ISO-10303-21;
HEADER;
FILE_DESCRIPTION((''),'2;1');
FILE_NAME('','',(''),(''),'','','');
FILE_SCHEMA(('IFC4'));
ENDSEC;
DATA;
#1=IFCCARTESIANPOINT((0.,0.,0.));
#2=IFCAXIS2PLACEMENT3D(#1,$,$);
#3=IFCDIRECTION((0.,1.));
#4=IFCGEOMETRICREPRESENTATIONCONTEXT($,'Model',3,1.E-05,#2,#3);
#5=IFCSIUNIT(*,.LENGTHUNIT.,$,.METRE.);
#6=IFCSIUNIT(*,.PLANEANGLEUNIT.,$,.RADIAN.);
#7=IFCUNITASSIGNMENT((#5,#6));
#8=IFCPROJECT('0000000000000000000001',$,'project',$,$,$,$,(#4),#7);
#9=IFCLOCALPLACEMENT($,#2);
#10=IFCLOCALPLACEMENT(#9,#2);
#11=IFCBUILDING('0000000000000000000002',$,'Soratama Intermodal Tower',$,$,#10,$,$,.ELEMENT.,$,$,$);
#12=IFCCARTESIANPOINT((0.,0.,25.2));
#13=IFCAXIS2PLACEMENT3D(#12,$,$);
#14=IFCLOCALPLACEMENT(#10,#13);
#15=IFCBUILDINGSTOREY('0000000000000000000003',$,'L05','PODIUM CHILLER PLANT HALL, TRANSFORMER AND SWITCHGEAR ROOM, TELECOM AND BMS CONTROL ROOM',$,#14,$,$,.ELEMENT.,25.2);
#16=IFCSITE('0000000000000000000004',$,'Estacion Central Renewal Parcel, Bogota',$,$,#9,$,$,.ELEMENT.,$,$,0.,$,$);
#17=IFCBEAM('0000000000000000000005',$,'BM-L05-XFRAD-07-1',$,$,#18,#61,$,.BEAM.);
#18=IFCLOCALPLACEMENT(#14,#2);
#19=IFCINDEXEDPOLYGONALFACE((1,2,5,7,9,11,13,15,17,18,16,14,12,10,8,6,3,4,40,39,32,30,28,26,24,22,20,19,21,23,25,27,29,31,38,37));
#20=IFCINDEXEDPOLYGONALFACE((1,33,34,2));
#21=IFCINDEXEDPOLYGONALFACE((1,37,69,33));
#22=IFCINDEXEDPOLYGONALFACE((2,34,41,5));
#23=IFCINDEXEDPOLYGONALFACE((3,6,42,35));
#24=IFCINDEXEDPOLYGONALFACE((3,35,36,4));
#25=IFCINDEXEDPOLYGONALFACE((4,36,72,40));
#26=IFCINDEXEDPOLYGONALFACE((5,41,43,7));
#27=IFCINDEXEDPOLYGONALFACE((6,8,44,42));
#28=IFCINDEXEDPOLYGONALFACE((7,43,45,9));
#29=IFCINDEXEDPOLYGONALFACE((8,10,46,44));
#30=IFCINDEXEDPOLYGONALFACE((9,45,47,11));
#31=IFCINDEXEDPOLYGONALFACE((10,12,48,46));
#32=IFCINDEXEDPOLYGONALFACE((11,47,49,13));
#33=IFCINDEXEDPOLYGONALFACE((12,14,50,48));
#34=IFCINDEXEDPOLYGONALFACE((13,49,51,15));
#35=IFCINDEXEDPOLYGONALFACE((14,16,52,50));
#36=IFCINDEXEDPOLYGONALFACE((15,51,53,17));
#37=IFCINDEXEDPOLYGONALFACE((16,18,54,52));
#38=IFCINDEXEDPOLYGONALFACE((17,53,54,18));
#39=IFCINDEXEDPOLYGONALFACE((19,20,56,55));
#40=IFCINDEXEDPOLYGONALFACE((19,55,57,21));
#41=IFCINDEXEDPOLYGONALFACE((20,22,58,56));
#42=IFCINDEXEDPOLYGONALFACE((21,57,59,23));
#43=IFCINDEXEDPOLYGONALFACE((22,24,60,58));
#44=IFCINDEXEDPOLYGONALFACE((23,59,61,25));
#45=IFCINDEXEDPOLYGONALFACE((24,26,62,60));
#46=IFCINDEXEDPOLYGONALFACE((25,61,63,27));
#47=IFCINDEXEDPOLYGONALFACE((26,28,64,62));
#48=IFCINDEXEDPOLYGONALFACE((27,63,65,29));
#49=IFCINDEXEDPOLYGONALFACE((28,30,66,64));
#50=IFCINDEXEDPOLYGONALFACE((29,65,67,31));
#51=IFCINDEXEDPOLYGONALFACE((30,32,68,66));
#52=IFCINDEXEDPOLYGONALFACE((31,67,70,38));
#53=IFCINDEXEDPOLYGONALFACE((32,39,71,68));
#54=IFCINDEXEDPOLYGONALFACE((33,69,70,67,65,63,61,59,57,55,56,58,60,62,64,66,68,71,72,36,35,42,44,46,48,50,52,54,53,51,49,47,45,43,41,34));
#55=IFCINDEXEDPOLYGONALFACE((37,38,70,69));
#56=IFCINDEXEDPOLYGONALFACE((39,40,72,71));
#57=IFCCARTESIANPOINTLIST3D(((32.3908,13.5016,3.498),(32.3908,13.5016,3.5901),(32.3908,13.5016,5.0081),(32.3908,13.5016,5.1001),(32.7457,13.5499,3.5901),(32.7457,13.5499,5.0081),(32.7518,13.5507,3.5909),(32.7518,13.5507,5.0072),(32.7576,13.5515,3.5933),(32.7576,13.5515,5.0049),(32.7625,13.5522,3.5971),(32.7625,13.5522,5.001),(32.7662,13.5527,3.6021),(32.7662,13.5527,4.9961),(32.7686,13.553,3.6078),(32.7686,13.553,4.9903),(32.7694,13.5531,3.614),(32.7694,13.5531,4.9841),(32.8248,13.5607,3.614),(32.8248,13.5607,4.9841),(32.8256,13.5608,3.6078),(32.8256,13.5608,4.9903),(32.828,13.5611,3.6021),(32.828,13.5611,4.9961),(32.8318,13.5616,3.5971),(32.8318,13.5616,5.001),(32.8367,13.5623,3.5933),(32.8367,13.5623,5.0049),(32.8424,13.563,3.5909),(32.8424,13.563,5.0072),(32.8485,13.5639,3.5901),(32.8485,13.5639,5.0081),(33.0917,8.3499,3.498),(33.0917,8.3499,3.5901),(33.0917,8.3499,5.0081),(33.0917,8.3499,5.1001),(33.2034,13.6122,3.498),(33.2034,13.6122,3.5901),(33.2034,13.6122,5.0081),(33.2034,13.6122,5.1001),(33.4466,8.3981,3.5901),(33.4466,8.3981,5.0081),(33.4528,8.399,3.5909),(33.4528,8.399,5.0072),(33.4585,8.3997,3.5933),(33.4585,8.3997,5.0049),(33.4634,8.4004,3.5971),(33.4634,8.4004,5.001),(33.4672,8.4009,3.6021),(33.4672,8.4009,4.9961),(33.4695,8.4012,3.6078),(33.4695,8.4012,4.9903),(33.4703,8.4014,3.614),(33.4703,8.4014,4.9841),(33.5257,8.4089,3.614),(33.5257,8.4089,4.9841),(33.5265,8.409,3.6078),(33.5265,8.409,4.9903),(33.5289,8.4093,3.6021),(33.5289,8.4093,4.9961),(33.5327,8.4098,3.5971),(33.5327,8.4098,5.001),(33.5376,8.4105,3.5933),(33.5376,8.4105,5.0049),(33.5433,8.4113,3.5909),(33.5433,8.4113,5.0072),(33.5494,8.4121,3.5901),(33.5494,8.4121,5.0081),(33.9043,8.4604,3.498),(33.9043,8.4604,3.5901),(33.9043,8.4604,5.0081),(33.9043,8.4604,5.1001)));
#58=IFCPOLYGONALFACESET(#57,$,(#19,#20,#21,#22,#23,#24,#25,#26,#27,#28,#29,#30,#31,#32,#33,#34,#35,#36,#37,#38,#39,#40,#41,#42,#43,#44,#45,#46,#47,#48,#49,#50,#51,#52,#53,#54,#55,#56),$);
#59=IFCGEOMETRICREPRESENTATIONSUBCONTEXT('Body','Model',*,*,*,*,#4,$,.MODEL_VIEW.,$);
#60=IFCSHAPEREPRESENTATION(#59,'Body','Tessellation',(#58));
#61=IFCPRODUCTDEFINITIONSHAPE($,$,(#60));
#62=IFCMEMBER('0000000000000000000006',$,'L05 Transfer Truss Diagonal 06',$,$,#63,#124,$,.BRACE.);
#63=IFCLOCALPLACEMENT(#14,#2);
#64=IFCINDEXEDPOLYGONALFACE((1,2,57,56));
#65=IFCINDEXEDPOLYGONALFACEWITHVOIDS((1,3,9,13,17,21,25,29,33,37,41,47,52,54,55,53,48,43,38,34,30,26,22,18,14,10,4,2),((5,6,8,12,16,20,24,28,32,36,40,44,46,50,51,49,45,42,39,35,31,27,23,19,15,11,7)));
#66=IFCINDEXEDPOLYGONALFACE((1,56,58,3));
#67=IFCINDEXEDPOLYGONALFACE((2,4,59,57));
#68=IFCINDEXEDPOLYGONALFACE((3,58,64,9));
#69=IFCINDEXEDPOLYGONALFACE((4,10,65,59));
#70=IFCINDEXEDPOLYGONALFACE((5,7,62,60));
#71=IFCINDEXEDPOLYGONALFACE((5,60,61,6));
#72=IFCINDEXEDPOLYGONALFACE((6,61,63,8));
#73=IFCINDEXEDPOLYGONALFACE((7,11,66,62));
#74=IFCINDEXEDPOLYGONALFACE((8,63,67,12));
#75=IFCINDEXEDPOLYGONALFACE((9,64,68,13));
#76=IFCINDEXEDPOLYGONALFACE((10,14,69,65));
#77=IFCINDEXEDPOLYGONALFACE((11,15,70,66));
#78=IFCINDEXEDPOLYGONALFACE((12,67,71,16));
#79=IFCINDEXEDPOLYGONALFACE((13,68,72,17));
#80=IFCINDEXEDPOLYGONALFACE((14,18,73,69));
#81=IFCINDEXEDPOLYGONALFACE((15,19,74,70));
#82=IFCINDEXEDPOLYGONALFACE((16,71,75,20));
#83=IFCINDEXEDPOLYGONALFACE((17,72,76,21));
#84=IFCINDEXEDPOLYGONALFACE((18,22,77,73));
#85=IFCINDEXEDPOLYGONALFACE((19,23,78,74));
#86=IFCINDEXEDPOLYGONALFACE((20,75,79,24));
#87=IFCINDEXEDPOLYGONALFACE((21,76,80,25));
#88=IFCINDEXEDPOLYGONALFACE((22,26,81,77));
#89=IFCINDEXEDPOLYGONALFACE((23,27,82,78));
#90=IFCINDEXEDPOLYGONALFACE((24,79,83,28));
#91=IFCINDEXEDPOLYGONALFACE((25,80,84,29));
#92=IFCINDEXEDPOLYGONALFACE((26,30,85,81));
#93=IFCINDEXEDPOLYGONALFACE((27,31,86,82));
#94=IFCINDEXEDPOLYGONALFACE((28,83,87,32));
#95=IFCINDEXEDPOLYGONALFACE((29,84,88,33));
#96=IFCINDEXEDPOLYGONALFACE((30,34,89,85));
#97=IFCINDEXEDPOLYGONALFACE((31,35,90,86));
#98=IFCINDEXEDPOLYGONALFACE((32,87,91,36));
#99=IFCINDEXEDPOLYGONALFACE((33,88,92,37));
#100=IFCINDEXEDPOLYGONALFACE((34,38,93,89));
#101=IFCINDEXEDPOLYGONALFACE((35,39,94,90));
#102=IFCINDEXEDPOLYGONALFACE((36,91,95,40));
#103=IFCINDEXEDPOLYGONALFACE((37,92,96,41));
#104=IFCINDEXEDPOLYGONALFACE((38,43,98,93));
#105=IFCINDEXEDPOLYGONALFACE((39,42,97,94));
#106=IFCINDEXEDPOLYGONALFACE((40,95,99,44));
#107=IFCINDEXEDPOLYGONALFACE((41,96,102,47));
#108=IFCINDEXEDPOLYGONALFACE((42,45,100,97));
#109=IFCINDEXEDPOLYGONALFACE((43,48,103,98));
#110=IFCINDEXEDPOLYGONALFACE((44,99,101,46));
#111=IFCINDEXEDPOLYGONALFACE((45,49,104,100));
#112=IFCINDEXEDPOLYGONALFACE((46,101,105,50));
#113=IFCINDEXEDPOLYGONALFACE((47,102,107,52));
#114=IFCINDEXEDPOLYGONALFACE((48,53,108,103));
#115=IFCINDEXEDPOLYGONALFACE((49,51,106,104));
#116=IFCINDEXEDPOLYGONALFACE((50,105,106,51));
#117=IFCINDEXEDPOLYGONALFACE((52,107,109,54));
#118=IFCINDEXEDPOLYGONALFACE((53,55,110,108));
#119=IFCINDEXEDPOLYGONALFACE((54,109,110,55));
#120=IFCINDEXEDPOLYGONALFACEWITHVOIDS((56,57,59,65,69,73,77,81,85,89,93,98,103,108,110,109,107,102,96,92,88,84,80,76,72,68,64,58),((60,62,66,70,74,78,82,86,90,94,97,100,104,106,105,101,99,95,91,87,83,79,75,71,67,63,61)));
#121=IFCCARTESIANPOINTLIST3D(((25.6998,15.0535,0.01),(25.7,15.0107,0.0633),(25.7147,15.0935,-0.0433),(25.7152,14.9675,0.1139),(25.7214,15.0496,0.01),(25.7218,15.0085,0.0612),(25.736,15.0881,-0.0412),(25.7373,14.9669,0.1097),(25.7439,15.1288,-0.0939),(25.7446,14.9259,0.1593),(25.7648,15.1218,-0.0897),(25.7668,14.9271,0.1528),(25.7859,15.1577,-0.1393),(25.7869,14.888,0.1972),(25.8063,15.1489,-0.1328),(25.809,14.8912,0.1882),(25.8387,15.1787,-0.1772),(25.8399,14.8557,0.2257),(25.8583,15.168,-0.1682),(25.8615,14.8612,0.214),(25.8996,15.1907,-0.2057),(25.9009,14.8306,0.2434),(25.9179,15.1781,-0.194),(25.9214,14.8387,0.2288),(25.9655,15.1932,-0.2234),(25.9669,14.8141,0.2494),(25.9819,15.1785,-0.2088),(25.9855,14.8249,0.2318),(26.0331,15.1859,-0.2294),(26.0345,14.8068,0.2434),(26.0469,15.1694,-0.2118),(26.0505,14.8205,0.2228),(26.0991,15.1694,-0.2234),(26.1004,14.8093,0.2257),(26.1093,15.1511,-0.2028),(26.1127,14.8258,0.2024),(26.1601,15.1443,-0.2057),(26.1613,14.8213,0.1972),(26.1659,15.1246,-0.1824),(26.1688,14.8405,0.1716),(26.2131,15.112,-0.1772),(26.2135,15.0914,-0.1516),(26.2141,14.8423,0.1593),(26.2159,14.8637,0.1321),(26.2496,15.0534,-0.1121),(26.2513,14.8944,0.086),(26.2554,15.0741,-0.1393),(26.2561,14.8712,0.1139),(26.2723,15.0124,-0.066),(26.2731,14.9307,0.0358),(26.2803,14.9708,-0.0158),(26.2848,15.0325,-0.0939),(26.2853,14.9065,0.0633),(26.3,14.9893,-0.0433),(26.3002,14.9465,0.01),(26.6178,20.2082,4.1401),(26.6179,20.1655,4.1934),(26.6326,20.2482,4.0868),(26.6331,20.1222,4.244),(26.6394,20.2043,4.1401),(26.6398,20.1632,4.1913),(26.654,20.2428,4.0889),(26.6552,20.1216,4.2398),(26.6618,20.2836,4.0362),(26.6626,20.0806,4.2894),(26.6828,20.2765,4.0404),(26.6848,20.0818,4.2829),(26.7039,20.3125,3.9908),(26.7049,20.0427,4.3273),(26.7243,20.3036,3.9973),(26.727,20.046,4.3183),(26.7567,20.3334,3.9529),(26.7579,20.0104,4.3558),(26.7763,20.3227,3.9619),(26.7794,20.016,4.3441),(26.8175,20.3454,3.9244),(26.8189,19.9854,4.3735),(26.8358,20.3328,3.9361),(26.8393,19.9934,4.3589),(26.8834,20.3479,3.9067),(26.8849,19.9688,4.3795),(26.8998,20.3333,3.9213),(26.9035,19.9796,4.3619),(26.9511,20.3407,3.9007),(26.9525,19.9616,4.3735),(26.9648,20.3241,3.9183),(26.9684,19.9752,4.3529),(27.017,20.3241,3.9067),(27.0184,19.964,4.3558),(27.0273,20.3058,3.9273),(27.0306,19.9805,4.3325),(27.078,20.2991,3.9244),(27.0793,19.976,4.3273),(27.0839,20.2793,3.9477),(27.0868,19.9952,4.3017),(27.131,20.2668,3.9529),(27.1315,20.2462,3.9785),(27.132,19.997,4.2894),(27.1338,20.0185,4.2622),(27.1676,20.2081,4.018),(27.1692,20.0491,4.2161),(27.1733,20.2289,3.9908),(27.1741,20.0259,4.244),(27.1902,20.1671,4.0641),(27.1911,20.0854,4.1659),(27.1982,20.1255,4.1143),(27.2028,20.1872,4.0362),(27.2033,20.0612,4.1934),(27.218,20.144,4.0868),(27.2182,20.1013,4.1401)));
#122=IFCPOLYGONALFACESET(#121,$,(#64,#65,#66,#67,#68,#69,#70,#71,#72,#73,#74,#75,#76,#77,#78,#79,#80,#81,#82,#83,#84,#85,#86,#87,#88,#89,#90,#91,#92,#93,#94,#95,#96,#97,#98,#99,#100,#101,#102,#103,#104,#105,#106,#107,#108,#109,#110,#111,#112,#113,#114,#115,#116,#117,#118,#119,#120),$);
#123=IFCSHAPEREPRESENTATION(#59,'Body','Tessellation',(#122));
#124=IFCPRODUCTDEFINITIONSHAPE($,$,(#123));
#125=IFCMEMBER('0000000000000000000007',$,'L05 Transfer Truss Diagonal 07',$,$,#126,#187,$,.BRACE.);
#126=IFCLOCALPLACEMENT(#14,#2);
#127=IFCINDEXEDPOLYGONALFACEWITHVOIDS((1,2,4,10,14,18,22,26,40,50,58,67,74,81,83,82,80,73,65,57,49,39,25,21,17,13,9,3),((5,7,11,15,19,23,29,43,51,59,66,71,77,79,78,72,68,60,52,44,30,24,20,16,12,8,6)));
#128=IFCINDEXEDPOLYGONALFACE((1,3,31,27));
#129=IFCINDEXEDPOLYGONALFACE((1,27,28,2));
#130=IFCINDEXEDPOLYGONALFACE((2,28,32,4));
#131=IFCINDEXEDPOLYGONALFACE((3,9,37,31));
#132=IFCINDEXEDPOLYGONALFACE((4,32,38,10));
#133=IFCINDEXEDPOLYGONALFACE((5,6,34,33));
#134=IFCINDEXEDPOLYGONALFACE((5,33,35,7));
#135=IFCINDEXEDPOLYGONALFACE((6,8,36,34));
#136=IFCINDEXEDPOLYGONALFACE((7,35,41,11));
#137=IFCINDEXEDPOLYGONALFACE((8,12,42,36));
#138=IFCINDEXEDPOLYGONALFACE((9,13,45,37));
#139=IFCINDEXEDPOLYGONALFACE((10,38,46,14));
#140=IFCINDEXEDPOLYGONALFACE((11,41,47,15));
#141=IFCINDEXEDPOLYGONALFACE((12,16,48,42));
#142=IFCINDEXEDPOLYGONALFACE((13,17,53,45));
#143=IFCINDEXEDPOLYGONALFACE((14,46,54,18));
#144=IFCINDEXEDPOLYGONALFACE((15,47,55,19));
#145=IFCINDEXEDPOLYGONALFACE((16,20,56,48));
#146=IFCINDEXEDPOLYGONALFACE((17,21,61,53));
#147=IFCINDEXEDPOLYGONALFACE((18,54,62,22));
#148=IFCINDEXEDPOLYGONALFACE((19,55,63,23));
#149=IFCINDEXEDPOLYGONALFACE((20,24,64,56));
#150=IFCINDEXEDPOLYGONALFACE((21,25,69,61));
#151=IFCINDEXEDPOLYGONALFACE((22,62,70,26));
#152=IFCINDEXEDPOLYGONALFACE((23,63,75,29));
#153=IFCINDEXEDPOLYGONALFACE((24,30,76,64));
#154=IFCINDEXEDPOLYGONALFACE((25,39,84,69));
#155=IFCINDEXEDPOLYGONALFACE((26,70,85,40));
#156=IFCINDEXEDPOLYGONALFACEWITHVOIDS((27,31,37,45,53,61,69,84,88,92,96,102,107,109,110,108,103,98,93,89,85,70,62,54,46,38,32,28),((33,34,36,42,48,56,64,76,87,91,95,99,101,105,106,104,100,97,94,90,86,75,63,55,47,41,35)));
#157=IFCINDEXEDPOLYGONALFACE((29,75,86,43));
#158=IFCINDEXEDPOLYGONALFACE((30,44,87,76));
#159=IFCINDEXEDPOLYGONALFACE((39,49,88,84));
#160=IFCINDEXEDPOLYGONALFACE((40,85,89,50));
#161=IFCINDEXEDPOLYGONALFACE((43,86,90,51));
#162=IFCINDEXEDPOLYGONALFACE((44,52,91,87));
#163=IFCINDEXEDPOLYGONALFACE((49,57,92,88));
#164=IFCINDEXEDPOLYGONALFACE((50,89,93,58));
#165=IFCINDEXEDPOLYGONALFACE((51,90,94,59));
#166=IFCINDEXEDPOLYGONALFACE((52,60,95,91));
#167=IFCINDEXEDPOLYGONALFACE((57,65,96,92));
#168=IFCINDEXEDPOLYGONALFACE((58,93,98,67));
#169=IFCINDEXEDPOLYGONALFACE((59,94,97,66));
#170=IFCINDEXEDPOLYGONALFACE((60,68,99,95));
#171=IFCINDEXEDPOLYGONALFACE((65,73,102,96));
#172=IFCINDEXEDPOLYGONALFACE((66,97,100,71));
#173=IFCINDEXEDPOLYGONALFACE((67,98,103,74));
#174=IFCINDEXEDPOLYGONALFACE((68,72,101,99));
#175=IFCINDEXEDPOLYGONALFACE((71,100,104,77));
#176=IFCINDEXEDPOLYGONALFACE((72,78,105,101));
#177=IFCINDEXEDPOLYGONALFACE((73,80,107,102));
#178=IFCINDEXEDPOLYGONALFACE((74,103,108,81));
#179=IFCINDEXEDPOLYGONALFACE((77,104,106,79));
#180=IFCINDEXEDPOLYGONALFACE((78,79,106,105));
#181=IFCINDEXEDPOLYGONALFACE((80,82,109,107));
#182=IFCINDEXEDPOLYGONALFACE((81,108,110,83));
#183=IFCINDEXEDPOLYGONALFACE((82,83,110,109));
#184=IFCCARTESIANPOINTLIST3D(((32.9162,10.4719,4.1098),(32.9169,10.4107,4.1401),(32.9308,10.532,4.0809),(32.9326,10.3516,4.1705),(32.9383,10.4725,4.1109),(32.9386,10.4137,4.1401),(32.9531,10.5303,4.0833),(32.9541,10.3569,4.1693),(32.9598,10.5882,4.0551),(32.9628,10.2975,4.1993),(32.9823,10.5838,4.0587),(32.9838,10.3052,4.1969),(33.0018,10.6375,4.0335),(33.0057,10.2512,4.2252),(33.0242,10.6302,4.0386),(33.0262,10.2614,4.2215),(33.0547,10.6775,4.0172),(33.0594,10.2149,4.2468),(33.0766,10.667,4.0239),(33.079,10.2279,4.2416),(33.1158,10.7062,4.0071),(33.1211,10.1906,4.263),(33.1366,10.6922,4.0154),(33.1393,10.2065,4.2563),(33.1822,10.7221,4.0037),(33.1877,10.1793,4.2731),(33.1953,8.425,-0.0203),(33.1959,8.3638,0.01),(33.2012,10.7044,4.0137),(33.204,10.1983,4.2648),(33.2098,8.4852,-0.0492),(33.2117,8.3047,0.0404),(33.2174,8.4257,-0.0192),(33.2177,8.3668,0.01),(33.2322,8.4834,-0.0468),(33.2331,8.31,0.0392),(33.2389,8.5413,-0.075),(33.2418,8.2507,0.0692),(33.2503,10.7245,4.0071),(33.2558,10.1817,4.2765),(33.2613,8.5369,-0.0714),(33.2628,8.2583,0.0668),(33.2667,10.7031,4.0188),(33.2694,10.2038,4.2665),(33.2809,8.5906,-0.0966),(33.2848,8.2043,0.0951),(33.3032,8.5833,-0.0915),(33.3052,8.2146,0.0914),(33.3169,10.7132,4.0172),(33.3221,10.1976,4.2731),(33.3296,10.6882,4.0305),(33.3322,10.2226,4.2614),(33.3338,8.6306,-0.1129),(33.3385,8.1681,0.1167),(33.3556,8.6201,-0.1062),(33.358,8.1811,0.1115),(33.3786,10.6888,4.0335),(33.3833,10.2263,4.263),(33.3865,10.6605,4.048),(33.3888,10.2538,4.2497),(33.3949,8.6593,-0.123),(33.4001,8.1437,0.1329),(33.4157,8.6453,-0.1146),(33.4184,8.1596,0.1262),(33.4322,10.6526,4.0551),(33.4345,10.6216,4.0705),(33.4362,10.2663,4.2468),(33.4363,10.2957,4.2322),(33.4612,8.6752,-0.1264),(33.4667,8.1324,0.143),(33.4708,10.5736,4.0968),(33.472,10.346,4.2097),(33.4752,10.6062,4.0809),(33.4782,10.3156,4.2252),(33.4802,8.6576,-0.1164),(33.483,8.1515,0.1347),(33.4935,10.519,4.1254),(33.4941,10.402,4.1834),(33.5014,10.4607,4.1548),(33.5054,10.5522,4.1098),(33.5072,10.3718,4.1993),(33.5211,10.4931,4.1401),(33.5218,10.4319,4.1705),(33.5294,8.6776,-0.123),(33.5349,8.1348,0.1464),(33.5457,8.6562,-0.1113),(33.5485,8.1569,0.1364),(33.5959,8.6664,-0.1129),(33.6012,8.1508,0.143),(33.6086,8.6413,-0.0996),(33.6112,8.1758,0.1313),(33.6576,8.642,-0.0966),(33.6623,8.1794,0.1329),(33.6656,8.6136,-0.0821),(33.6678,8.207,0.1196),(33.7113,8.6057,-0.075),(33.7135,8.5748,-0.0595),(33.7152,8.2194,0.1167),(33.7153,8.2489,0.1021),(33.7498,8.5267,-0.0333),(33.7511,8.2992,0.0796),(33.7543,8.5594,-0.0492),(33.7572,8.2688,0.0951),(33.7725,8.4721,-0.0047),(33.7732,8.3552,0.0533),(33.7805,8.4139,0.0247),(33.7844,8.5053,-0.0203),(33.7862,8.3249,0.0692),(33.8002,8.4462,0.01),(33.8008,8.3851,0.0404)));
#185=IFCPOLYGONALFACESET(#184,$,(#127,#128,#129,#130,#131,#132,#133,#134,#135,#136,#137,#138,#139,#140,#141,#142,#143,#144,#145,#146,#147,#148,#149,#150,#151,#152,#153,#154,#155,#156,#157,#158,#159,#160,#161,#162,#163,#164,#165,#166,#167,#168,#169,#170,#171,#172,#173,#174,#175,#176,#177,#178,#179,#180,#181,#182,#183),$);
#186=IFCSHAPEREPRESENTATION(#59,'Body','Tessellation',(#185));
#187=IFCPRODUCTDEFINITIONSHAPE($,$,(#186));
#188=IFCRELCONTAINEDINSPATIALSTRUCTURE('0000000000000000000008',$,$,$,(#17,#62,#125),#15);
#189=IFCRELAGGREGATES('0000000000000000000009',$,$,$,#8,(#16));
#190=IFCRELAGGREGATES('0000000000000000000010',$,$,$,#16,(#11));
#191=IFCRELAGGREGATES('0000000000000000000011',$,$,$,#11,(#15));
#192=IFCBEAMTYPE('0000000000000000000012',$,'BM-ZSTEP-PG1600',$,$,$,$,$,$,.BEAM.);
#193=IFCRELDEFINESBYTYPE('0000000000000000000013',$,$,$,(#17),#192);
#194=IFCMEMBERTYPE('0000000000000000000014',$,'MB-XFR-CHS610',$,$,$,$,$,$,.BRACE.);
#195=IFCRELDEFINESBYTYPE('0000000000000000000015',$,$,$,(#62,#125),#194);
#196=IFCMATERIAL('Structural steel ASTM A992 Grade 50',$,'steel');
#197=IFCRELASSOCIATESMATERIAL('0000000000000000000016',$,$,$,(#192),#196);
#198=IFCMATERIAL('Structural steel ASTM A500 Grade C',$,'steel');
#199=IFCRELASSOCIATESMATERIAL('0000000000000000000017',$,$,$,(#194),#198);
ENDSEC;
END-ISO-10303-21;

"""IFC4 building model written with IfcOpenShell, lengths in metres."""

from ifc_helpers import new_model, si_unit, direction, frame, origin, origin_2d, place, context, subcontext, project, spatial, hollow_circle, i_section, extrude, material, material_profile, profile_set, type_object, element, save


model = new_model("IFC4")

# Units and contexts
model_context = context("Model", 3, precision=1e-05, world=origin(), true_north=direction((0.0, 1.0)))
body_context = subcontext(model_context, "Body", "Model", "MODEL_VIEW")
ifc_project = project(units=[si_unit("LENGTHUNIT", "METRE"), si_unit("PLANEANGLEUNIT", "RADIAN")], contexts=[model_context])

# Site, building, storey
site_placement = place(None, origin())
site = spatial("IfcSite", under=ifc_project, at=site_placement, Name="Estacion Central Renewal Parcel, Bogota", CompositionType="ELEMENT", RefElevation=0.0)
building_placement = place(site_placement, origin())
building = spatial("IfcBuilding", under=site, at=building_placement, Name="Soratama Intermodal Tower", CompositionType="ELEMENT")
storey_placement = place(building_placement, frame((0.0, 0.0, 25.2)))
storey = spatial("IfcBuildingStorey", under=building, at=storey_placement, Name="L05", Description="PODIUM CHILLER PLANT HALL, TRANSFORMER AND SWITCHGEAR ROOM, TELECOM AND BMS CONTROL ROOM", CompositionType="ELEMENT", Elevation=25.2)

# Beam
ifc_material_1 = material(Name="Structural steel ASTM A992 Grade 50", Category="steel")
ifc_material_profile_1 = material_profile(ifc_material_1, i_section(OverallWidth=0.8201, OverallDepth=1.6021, WebThickness=0.0559, FlangeThickness=0.092, FilletRadius=0.0239, at=origin_2d()), Name="PG1600X650")
ifc_profile_set_1 = profile_set([ifc_material_profile_1], Name="Structural steel ASTM A992 Grade 50")
beam_type_1 = type_object("IfcBeamType", Name="BM-ZSTEP-PG1600", PredefinedType="BEAM", material=ifc_profile_set_1)
beam_1_placement = place(storey_placement, frame((32.7971, 13.5569, 4.2991), z_axis=(0.134811, -0.990871, 0.0), x_axis=(0.990871, 0.134811, 0.0)))
element("IfcBeam", 1, at=beam_1_placement, inside=storey, type_object=beam_type_1, Name="BM-L05-XFRAD-07-1", PredefinedType="BEAM", context=body_context, shape_type="SweptSolid", body=[
    extrude(i_section(OverallWidth=0.8201, OverallDepth=1.6021, WebThickness=0.0559, FlangeThickness=0.092, FilletRadius=0.0239, at=origin_2d()), origin(), (0.0, 0.0, 1.0), 5.1992),
])

# Members
ifc_material_2 = material(Name="Structural steel ASTM A500 Grade C", Category="steel")
ifc_material_profile_2 = material_profile(ifc_material_2, hollow_circle(Radius=0.3049, WallThickness=0.022, at=origin_2d()), Name="CHS610X22")
ifc_profile_set_2 = profile_set([ifc_material_profile_2], Name="Structural steel ASTM A500 Grade C")
member_type = type_object("IfcMemberType", Name="MB-XFR-CHS610", PredefinedType="BRACE", material=ifc_profile_set_2)
member_1_placement = place(storey_placement, frame((26.0, 15.0, 0.01), z_axis=(0.137652, 0.772974, 0.619324), x_axis=(-0.984511, 0.175323, 0.0)))
element("IfcMember", 2, at=member_1_placement, inside=storey, type_object=member_type, Name="L05 Transfer Truss Diagonal 06", PredefinedType="BRACE", context=body_context, shape_type="SweptSolid", body=[
    extrude(hollow_circle(Radius=0.3049, WallThickness=0.022, at=origin_2d()), origin(), (0.0, 0.0, 1.0), 6.6687),
])
member_2_placement = place(storey_placement, frame((33.498, 8.405, 0.01), z_axis=(-0.060428, 0.443243, 0.894363), x_axis=(-0.990834, -0.135082, 0.0)))
element("IfcMember", 3, at=member_2_placement, inside=storey, type_object=member_type, Name="L05 Transfer Truss Diagonal 07", PredefinedType="BRACE", context=body_context, shape_type="SweptSolid", body=[
    extrude(hollow_circle(Radius=0.3049, WallThickness=0.022, at=origin_2d()), origin(), (0.0, 0.0, 1.0), 4.6179),
])

save(model, "model.ifc")
